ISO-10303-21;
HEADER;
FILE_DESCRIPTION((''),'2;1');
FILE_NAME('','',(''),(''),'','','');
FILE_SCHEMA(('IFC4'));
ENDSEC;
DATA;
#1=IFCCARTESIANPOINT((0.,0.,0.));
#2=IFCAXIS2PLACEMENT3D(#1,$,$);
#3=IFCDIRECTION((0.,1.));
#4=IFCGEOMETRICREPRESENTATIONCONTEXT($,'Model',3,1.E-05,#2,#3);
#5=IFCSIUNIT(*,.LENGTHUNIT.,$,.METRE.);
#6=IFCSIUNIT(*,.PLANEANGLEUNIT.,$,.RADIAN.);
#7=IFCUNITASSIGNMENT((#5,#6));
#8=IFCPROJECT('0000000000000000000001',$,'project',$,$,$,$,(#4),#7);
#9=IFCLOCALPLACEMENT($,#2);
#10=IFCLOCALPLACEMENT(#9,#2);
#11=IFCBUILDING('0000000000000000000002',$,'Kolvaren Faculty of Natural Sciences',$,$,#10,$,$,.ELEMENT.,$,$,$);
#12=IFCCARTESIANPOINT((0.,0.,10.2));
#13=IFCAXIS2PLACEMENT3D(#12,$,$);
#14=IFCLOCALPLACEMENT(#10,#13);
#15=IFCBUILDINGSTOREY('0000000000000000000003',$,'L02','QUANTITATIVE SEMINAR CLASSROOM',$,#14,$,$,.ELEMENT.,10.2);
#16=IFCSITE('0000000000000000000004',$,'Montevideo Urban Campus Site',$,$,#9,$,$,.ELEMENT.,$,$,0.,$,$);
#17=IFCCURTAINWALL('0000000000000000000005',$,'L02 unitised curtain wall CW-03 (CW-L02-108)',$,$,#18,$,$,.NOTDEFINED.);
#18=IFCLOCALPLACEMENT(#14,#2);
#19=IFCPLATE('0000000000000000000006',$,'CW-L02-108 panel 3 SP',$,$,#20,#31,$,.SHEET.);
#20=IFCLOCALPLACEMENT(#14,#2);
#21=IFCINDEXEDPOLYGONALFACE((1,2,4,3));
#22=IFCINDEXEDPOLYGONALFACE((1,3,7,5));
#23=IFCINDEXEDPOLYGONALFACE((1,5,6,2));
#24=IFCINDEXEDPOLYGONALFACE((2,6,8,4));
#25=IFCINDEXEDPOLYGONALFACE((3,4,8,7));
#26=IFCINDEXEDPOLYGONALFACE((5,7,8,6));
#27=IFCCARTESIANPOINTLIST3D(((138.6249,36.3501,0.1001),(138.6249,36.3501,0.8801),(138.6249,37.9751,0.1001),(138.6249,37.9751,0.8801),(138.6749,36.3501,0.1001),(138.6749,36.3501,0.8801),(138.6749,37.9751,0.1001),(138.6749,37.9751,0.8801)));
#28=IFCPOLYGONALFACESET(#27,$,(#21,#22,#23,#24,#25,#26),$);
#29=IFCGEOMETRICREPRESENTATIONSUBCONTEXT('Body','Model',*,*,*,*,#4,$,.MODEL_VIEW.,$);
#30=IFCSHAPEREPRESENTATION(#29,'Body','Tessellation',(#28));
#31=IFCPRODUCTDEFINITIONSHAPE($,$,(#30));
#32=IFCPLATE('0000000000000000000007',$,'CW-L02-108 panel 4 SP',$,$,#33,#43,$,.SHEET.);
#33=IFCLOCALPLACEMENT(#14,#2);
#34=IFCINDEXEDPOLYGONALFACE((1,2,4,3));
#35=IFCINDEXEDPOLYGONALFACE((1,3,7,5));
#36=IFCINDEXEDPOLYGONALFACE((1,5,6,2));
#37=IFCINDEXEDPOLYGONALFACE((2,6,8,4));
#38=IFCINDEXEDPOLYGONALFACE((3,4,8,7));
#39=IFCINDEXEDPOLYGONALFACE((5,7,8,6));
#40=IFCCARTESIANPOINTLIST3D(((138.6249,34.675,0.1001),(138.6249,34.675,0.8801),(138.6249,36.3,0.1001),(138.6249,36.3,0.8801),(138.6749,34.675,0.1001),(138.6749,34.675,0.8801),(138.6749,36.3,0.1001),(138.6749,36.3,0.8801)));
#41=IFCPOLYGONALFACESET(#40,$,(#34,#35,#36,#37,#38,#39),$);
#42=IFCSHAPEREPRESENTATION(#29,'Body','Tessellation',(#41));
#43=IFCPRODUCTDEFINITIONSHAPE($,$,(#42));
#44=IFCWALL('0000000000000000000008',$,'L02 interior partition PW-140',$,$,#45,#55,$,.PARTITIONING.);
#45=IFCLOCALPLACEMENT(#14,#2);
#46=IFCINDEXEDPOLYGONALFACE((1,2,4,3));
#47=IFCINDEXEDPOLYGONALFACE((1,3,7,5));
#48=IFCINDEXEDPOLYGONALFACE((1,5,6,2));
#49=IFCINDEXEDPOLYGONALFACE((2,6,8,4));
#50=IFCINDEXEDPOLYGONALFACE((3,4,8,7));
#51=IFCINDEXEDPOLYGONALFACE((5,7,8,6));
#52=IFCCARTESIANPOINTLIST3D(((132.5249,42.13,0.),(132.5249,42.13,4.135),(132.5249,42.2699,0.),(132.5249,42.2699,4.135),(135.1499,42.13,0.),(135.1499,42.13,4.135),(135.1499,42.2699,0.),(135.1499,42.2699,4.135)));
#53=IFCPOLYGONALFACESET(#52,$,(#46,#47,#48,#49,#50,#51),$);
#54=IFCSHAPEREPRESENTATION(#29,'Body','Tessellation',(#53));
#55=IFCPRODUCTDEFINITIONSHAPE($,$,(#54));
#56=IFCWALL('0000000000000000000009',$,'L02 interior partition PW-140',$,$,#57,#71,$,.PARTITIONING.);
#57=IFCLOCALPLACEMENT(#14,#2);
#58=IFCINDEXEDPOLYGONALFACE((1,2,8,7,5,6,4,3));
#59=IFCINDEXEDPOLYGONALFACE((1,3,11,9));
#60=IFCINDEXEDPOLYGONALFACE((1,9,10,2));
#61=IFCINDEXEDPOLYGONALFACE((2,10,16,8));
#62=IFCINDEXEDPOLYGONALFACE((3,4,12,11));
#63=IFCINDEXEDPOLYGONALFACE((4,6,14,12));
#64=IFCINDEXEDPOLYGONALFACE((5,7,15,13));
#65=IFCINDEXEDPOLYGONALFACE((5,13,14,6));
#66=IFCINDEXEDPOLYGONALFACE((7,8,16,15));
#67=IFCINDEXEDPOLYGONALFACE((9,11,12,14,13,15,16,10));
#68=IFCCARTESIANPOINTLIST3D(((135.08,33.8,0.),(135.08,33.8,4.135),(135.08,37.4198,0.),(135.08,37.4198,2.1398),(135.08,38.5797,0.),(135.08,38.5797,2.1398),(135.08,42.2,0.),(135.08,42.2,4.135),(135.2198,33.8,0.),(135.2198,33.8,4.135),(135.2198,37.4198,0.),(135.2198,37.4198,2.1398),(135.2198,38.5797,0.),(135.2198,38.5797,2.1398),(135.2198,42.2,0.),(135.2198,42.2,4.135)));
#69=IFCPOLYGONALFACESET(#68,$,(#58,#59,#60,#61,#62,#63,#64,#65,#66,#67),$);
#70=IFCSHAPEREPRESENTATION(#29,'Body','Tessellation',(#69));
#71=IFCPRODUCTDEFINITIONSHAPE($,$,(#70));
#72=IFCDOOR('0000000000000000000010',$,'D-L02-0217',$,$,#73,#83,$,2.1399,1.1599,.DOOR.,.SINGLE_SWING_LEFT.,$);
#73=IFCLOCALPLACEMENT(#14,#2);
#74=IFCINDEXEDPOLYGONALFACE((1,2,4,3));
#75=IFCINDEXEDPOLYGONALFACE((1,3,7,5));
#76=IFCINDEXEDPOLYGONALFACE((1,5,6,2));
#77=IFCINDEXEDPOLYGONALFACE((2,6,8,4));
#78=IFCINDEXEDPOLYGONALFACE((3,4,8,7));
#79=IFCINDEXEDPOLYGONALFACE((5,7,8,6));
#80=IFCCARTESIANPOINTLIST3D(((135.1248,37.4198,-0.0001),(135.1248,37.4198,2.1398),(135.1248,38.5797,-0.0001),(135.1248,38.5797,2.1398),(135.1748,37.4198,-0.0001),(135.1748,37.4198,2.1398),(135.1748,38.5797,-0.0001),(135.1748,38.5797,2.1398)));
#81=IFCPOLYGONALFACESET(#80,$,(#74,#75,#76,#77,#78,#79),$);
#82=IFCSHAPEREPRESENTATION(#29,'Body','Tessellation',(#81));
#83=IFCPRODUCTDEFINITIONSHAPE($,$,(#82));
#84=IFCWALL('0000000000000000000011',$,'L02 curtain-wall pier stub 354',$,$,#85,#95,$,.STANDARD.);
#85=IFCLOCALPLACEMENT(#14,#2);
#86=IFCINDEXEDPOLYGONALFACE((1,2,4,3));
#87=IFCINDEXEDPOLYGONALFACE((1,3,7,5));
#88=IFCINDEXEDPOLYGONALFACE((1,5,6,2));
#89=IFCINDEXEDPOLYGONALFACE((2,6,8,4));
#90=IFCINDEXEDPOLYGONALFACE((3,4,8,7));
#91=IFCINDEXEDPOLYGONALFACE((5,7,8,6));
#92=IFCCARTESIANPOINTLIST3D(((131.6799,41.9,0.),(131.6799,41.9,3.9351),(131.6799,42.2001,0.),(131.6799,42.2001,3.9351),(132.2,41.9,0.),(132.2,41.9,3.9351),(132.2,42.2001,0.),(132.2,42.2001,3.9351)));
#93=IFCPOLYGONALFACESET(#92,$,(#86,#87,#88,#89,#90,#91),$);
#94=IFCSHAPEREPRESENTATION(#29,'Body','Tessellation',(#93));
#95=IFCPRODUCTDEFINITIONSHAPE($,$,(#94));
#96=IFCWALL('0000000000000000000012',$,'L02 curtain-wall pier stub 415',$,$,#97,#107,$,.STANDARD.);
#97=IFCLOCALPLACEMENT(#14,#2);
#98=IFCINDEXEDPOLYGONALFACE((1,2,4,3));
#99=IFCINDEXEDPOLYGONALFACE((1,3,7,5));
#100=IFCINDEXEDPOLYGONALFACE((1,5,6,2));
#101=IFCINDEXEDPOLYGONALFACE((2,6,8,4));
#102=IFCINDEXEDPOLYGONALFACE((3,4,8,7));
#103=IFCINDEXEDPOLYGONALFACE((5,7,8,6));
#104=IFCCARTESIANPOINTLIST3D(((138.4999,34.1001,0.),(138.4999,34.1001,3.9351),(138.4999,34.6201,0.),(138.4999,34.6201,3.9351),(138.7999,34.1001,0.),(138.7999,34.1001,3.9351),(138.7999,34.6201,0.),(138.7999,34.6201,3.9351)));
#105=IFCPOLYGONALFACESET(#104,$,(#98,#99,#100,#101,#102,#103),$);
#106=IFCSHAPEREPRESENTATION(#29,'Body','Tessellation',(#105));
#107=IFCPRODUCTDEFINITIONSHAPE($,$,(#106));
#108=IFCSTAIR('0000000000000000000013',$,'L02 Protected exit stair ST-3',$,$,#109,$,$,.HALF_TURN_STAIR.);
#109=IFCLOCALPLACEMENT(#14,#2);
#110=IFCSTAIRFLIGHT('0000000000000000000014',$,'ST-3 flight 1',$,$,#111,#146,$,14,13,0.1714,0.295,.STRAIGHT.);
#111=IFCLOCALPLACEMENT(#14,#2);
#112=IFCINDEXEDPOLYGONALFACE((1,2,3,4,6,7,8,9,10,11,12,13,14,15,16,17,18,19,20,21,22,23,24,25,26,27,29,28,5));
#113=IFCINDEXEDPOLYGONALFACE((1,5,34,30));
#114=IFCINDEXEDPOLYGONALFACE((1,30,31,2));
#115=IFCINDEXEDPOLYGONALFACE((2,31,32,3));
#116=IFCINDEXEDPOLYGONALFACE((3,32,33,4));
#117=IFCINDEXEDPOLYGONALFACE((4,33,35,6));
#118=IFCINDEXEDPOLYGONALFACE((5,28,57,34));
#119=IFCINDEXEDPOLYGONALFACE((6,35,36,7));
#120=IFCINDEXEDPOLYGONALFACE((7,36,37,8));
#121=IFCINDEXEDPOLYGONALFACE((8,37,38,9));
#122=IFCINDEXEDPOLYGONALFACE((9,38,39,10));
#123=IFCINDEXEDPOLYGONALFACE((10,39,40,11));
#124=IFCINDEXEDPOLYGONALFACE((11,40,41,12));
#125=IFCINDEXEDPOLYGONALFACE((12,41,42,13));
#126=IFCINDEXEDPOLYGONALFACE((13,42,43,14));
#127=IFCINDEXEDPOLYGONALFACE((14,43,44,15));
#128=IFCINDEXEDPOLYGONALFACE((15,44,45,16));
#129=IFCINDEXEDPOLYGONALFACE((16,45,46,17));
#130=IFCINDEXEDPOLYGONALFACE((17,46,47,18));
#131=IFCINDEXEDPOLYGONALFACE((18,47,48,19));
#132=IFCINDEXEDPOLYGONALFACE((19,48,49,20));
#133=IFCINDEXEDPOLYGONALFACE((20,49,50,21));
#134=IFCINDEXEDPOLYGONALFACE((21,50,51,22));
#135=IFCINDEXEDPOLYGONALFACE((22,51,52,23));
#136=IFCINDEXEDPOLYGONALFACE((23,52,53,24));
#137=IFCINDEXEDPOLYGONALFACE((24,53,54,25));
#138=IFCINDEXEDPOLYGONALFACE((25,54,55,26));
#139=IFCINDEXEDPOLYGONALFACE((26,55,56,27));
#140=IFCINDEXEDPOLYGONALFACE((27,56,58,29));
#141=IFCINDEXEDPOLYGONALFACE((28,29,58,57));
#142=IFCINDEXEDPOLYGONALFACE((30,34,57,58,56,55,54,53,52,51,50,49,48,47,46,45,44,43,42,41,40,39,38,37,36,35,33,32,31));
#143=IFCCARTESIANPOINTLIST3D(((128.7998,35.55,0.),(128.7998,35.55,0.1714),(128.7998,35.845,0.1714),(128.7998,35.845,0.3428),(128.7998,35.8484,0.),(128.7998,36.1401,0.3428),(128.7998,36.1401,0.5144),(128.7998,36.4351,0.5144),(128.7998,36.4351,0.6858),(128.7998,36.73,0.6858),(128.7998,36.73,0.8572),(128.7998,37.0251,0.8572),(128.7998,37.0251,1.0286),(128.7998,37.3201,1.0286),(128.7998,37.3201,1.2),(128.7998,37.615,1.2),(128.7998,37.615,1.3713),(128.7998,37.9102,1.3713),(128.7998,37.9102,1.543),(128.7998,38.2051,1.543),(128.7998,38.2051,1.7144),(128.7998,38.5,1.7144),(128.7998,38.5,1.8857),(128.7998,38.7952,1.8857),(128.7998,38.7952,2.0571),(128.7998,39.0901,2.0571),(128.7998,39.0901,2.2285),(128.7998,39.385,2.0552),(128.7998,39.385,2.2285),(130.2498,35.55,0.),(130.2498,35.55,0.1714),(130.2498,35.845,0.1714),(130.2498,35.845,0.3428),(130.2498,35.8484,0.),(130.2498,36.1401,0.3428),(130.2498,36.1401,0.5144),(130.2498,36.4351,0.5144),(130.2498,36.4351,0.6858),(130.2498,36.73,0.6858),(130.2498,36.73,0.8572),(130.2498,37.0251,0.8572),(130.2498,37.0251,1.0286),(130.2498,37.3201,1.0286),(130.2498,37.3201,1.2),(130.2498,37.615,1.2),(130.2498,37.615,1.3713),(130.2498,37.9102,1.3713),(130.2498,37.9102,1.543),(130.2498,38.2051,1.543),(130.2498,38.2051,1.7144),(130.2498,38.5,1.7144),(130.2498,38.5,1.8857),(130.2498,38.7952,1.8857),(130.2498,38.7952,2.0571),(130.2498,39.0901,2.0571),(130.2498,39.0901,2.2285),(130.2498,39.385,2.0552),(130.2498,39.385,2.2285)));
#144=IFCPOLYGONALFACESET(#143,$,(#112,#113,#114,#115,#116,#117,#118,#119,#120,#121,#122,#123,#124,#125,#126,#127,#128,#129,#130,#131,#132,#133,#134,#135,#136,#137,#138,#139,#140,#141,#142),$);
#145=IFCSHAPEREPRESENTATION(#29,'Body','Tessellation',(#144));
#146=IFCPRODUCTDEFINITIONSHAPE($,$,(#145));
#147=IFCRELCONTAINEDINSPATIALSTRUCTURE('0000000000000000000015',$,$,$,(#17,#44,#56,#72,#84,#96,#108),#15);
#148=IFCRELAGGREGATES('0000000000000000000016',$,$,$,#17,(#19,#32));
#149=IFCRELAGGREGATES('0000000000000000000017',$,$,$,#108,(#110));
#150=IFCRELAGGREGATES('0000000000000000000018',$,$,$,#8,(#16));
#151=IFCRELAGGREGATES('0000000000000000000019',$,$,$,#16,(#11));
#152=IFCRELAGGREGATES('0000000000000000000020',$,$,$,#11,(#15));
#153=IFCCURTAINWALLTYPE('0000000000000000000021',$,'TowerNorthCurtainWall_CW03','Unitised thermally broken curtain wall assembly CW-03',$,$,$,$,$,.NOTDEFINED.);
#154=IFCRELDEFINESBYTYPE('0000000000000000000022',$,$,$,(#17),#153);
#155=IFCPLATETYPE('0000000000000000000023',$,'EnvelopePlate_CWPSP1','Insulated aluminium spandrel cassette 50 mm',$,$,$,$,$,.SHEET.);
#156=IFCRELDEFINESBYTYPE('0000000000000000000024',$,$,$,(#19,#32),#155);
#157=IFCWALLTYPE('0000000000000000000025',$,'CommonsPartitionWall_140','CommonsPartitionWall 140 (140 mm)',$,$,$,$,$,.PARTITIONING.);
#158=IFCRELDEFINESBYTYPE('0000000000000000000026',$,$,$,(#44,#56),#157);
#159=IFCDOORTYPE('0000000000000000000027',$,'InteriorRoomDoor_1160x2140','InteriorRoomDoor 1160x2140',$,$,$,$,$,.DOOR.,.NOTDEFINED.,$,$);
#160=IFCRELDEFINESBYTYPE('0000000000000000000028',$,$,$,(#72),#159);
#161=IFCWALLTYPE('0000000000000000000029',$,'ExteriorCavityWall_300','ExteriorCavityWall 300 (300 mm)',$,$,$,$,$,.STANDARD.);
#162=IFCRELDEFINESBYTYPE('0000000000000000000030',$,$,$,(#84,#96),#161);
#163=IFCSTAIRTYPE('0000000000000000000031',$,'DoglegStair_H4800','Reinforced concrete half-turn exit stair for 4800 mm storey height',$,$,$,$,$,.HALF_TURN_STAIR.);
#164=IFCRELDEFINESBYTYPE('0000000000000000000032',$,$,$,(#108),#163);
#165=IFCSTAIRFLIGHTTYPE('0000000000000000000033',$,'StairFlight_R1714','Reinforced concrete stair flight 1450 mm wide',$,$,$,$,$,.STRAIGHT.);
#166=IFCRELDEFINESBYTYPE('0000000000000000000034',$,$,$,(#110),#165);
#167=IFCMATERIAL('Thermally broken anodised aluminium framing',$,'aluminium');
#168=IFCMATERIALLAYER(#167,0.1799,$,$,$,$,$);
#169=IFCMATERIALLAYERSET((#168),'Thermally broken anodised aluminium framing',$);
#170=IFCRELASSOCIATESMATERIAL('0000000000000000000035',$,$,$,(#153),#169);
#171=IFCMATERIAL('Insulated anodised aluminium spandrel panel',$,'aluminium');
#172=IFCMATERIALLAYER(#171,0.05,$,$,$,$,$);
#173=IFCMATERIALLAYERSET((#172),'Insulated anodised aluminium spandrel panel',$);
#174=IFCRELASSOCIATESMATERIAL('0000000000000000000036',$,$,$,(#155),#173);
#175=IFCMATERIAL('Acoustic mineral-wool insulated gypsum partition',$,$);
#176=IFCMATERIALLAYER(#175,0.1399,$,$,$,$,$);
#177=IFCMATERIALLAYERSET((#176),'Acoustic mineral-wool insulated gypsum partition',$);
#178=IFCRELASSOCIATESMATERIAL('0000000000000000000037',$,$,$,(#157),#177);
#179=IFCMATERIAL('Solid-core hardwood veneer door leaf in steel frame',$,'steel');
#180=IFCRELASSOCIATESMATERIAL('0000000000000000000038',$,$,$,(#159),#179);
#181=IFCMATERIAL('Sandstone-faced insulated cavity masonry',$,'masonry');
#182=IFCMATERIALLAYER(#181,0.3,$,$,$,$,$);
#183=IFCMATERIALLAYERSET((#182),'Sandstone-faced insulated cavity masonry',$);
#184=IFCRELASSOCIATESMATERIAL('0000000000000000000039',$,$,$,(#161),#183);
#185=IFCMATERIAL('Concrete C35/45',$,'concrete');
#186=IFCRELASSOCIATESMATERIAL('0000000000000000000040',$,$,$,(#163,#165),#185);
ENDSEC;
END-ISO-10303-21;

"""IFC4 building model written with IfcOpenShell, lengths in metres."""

from ifc_helpers import new_model, si_unit, direction, frame, frame_2d, origin, origin_2d, place, context, subcontext, project, spatial, polyline, rectangle, outline, extrude, material, layer, layer_set, type_object, element, fill, aggregate, save


model = new_model("IFC4")

# Units and contexts
model_context = context("Model", 3, precision=1e-05, world=origin(), true_north=direction((0.0, 1.0)))
body_context = subcontext(model_context, "Body", "Model", "MODEL_VIEW")
ifc_project = project(units=[si_unit("LENGTHUNIT", "METRE"), si_unit("PLANEANGLEUNIT", "RADIAN")], contexts=[model_context])

# Site, building, storey
site_placement = place(None, origin())
site = spatial("IfcSite", under=ifc_project, at=site_placement, Name="Montevideo Urban Campus Site", CompositionType="ELEMENT", RefElevation=0.0)
building_placement = place(site_placement, origin())
building = spatial("IfcBuilding", under=site, at=building_placement, Name="Kolvaren Faculty of Natural Sciences", CompositionType="ELEMENT")
storey_placement = place(building_placement, frame((0.0, 0.0, 10.2)))
storey = spatial("IfcBuildingStorey", under=building, at=storey_placement, Name="L02", Description="QUANTITATIVE SEMINAR CLASSROOM", CompositionType="ELEMENT", Elevation=10.2)

# Shared definitions
ifc_material_1 = material(Name="Concrete C35/45", Category="concrete")

# Curtain wall
ifc_material_2 = material(Name="Thermally broken anodised aluminium framing", Category="aluminium")
ifc_layer_1 = layer(ifc_material_2, 0.1799)
ifc_layer_set_1 = layer_set([ifc_layer_1], Name="Thermally broken anodised aluminium framing")
curtain_wall_type_1 = type_object("IfcCurtainWallType", Name="TowerNorthCurtainWall_CW03", Description="Unitised thermally broken curtain wall assembly CW-03", PredefinedType="NOTDEFINED", material=ifc_layer_set_1)
curtain_wall_1_placement = place(storey_placement, origin())
curtain_wall_1 = element("IfcCurtainWall", 1, at=curtain_wall_1_placement, inside=storey, type_object=curtain_wall_type_1, Name="L02 unitised curtain wall CW-03 (CW-L02-108)", PredefinedType="NOTDEFINED")

# Plates
ifc_material_3 = material(Name="Insulated anodised aluminium spandrel panel", Category="aluminium")
ifc_layer_2 = layer(ifc_material_3, 0.05)
ifc_layer_set_2 = layer_set([ifc_layer_2], Name="Insulated anodised aluminium spandrel panel")
plate_type_1 = type_object("IfcPlateType", Name="EnvelopePlate_CWPSP1", Description="Insulated aluminium spandrel cassette 50 mm", PredefinedType="SHEET", material=ifc_layer_set_2)
plate_1_placement = place(storey_placement, frame((138.6499, 37.1626, 0.1001), z_axis=(0.0, 0.0, 1.0), x_axis=(0.0, -1.0, 0.0)))
plate_1 = element("IfcPlate", 2, at=plate_1_placement, type_object=plate_type_1, Name="CW-L02-108 panel 3 SP", PredefinedType="SHEET", context=body_context, shape_type="SweptSolid", body=[
    extrude(rectangle(XDim=1.625, YDim=0.05, at=origin_2d()), origin(), (0.0, 0.0, 1.0), 0.78),
])
plate_2_placement = place(storey_placement, frame((138.6499, 35.4875, 0.1001), z_axis=(0.0, 0.0, 1.0), x_axis=(0.0, -1.0, 0.0)))
plate_2 = element("IfcPlate", 3, at=plate_2_placement, type_object=plate_type_1, Name="CW-L02-108 panel 4 SP", PredefinedType="SHEET", context=body_context, shape_type="SweptSolid", body=[
    extrude(rectangle(XDim=1.625, YDim=0.05, at=origin_2d()), origin(), (0.0, 0.0, 1.0), 0.78),
])
aggregate(curtain_wall_1, [plate_1, plate_2])

# Wall
ifc_material_4 = material(Name="Acoustic mineral-wool insulated gypsum partition")
ifc_layer_3 = layer(ifc_material_4, 0.1399)
ifc_layer_set_3 = layer_set([ifc_layer_3], Name="Acoustic mineral-wool insulated gypsum partition")
wall_type_1 = type_object("IfcWallType", Name="CommonsPartitionWall_140", Description="CommonsPartitionWall 140 (140 mm)", PredefinedType="PARTITIONING", material=ifc_layer_set_3)
wall_1_placement = place(storey_placement, frame((135.1499, 42.2, 0.0), z_axis=(0.0, 0.0, 1.0), x_axis=(-1.0, 0.0, 0.0)))
element("IfcWall", 4, at=wall_1_placement, inside=storey, type_object=wall_type_1, Name="L02 interior partition PW-140", PredefinedType="PARTITIONING", context=body_context, shape_type="SweptSolid", body=[
    extrude(rectangle(XDim=2.625, YDim=0.1399, at=frame_2d((1.3125, 0.0))), origin(), (0.0, 0.0, 1.0), 4.135),
])

# Wall, opening, door
wall_2_placement = place(storey_placement, frame((135.1499, 42.2, 0.0), z_axis=(0.0, 0.0, 1.0), x_axis=(0.0, -1.0, 0.0)))
wall_2 = element("IfcWall", 5, at=wall_2_placement, inside=storey, type_object=wall_type_1, Name="L02 interior partition PW-140", PredefinedType="PARTITIONING", context=body_context, shape_type="SweptSolid", body=[
    extrude(rectangle(XDim=8.3999, YDim=0.1399, at=frame_2d((4.2, 0.0))), origin(), (0.0, 0.0, 1.0), 4.135),
])
opening_placement = place(wall_2_placement, frame((3.6201, 0.0, 0.0)))
opening = element("IfcOpeningElement", 6, at=opening_placement, cuts=wall_2, PredefinedType="OPENING", context=body_context, shape_type="SweptSolid", body=[
    extrude(rectangle(XDim=1.1599, YDim=2.1399, at=frame_2d((0.5801, 1.0698))), frame((0.0, 0.0798, 0.0), z_axis=(0.0, -1.0, 0.0), x_axis=(1.0, 0.0, 0.0)), (0.0, 0.0, 1.0), 0.1599),
])
ifc_material_5 = material(Name="Solid-core hardwood veneer door leaf in steel frame", Category="steel")
door_type = type_object("IfcDoorType", Name="InteriorRoomDoor_1160x2140", Description="InteriorRoomDoor 1160x2140", OperationType="NOTDEFINED", PredefinedType="DOOR", material=ifc_material_5)
door_placement = place(opening_placement, origin())
door = element("IfcDoor", 7, at=door_placement, inside=storey, type_object=door_type, Name="D-L02-0217", OperationType="SINGLE_SWING_LEFT", OverallHeight=2.1399, OverallWidth=1.1599, PredefinedType="DOOR", context=body_context, shape_type="SweptSolid", body=[
    extrude(rectangle(XDim=1.1599, YDim=2.1399, at=frame_2d((0.5801, 1.0698))), frame((0.0, 0.0249, 0.0), z_axis=(0.0, -1.0, 0.0), x_axis=(1.0, 0.0, 0.0)), (0.0, 0.0, 1.0), 0.05),
])
fill(opening, door)

# Walls
ifc_material_6 = material(Name="Sandstone-faced insulated cavity masonry", Category="masonry")
ifc_layer_4 = layer(ifc_material_6, 0.3)
ifc_layer_set_4 = layer_set([ifc_layer_4], Name="Sandstone-faced insulated cavity masonry")
wall_type_2 = type_object("IfcWallType", Name="ExteriorCavityWall_300", Description="ExteriorCavityWall 300 (300 mm)", PredefinedType="STANDARD", material=ifc_layer_set_4)
for number, where, z_axis, x_axis, name in (
    (8, (131.6799, 42.05, 0.0), (0.0, 0.0, 1.0), (1.0, 0.0, 0.0), "L02 curtain-wall pier stub 354"),
    (9, (138.6499, 34.6201, 0.0), (0.0, 0.0, 1.0), (0.0, -1.0, 0.0), "L02 curtain-wall pier stub 415"),
):
    element("IfcWall", number, at=place(storey_placement, frame(where, z_axis=z_axis, x_axis=x_axis)), inside=storey, type_object=wall_type_2, Name=name, PredefinedType="STANDARD", context=body_context, shape_type="SweptSolid", body=[
        extrude(rectangle(XDim=0.52, YDim=0.3, at=frame_2d((0.26, 0.0))), origin(), (0.0, 0.0, 1.0), 3.9351),
    ])

# Stair, stair flight
stair_type = type_object("IfcStairType", Name="DoglegStair_H4800", Description="Reinforced concrete half-turn exit stair for 4800 mm storey height", PredefinedType="HALF_TURN_STAIR", material=ifc_material_1)
stair_placement = place(storey_placement, origin())
stair = element("IfcStair", 10, at=stair_placement, inside=storey, type_object=stair_type, Name="L02 Protected exit stair ST-3", PredefinedType="HALF_TURN_STAIR")
stair_flight_type = type_object("IfcStairFlightType", Name="StairFlight_R1714", Description="Reinforced concrete stair flight 1450 mm wide", PredefinedType="STRAIGHT", material=ifc_material_1)
stair_flight_placement = place(storey_placement, frame((129.5249, 35.55, 0.0), z_axis=(0.0, 0.0, 1.0), x_axis=(0.0, 1.0, 0.0)))
stair_flight = element("IfcStairFlight", 11, at=stair_flight_placement, type_object=stair_flight_type, Name="ST-3 flight 1", NumberOfRisers=14, NumberOfTreads=13, PredefinedType="STRAIGHT", RiserHeight=0.1714, TreadLength=0.295, context=body_context, shape_type="SweptSolid", body=[
    extrude(outline(polyline([(0.0, 0.0), (0.0, 0.1714), (0.2949, 0.1714), (0.2949, 0.3428), (0.5901, 0.3428), (0.5901, 0.5144), (0.885, 0.5144), (0.885, 0.6858), (1.1799, 0.6858), (1.1799, 0.8572), (1.4751, 0.8572), (1.4751, 1.0286), (1.77, 1.0286), (1.77, 1.2), (2.0649, 1.2), (2.0649, 1.3713), (2.3601, 1.3713), (2.3601, 1.543), (2.655, 1.543), (2.655, 1.7144), (2.95, 1.7144), (2.95, 1.8857), (3.2451, 1.8857), (3.2451, 2.0571), (3.54, 2.0571), (3.54, 2.2285), (3.835, 2.2285), (3.835, 2.3999), (3.835, 2.0552), (0.2983, 0.0), (0.0, 0.0)])), frame((0.0, 0.7251, 0.0), z_axis=(0.0, -1.0, 0.0), x_axis=(1.0, 0.0, 0.0)), (0.0, 0.0, 1.0), 1.45),
])
aggregate(stair, [stair_flight])

save(model, "model.ifc")
